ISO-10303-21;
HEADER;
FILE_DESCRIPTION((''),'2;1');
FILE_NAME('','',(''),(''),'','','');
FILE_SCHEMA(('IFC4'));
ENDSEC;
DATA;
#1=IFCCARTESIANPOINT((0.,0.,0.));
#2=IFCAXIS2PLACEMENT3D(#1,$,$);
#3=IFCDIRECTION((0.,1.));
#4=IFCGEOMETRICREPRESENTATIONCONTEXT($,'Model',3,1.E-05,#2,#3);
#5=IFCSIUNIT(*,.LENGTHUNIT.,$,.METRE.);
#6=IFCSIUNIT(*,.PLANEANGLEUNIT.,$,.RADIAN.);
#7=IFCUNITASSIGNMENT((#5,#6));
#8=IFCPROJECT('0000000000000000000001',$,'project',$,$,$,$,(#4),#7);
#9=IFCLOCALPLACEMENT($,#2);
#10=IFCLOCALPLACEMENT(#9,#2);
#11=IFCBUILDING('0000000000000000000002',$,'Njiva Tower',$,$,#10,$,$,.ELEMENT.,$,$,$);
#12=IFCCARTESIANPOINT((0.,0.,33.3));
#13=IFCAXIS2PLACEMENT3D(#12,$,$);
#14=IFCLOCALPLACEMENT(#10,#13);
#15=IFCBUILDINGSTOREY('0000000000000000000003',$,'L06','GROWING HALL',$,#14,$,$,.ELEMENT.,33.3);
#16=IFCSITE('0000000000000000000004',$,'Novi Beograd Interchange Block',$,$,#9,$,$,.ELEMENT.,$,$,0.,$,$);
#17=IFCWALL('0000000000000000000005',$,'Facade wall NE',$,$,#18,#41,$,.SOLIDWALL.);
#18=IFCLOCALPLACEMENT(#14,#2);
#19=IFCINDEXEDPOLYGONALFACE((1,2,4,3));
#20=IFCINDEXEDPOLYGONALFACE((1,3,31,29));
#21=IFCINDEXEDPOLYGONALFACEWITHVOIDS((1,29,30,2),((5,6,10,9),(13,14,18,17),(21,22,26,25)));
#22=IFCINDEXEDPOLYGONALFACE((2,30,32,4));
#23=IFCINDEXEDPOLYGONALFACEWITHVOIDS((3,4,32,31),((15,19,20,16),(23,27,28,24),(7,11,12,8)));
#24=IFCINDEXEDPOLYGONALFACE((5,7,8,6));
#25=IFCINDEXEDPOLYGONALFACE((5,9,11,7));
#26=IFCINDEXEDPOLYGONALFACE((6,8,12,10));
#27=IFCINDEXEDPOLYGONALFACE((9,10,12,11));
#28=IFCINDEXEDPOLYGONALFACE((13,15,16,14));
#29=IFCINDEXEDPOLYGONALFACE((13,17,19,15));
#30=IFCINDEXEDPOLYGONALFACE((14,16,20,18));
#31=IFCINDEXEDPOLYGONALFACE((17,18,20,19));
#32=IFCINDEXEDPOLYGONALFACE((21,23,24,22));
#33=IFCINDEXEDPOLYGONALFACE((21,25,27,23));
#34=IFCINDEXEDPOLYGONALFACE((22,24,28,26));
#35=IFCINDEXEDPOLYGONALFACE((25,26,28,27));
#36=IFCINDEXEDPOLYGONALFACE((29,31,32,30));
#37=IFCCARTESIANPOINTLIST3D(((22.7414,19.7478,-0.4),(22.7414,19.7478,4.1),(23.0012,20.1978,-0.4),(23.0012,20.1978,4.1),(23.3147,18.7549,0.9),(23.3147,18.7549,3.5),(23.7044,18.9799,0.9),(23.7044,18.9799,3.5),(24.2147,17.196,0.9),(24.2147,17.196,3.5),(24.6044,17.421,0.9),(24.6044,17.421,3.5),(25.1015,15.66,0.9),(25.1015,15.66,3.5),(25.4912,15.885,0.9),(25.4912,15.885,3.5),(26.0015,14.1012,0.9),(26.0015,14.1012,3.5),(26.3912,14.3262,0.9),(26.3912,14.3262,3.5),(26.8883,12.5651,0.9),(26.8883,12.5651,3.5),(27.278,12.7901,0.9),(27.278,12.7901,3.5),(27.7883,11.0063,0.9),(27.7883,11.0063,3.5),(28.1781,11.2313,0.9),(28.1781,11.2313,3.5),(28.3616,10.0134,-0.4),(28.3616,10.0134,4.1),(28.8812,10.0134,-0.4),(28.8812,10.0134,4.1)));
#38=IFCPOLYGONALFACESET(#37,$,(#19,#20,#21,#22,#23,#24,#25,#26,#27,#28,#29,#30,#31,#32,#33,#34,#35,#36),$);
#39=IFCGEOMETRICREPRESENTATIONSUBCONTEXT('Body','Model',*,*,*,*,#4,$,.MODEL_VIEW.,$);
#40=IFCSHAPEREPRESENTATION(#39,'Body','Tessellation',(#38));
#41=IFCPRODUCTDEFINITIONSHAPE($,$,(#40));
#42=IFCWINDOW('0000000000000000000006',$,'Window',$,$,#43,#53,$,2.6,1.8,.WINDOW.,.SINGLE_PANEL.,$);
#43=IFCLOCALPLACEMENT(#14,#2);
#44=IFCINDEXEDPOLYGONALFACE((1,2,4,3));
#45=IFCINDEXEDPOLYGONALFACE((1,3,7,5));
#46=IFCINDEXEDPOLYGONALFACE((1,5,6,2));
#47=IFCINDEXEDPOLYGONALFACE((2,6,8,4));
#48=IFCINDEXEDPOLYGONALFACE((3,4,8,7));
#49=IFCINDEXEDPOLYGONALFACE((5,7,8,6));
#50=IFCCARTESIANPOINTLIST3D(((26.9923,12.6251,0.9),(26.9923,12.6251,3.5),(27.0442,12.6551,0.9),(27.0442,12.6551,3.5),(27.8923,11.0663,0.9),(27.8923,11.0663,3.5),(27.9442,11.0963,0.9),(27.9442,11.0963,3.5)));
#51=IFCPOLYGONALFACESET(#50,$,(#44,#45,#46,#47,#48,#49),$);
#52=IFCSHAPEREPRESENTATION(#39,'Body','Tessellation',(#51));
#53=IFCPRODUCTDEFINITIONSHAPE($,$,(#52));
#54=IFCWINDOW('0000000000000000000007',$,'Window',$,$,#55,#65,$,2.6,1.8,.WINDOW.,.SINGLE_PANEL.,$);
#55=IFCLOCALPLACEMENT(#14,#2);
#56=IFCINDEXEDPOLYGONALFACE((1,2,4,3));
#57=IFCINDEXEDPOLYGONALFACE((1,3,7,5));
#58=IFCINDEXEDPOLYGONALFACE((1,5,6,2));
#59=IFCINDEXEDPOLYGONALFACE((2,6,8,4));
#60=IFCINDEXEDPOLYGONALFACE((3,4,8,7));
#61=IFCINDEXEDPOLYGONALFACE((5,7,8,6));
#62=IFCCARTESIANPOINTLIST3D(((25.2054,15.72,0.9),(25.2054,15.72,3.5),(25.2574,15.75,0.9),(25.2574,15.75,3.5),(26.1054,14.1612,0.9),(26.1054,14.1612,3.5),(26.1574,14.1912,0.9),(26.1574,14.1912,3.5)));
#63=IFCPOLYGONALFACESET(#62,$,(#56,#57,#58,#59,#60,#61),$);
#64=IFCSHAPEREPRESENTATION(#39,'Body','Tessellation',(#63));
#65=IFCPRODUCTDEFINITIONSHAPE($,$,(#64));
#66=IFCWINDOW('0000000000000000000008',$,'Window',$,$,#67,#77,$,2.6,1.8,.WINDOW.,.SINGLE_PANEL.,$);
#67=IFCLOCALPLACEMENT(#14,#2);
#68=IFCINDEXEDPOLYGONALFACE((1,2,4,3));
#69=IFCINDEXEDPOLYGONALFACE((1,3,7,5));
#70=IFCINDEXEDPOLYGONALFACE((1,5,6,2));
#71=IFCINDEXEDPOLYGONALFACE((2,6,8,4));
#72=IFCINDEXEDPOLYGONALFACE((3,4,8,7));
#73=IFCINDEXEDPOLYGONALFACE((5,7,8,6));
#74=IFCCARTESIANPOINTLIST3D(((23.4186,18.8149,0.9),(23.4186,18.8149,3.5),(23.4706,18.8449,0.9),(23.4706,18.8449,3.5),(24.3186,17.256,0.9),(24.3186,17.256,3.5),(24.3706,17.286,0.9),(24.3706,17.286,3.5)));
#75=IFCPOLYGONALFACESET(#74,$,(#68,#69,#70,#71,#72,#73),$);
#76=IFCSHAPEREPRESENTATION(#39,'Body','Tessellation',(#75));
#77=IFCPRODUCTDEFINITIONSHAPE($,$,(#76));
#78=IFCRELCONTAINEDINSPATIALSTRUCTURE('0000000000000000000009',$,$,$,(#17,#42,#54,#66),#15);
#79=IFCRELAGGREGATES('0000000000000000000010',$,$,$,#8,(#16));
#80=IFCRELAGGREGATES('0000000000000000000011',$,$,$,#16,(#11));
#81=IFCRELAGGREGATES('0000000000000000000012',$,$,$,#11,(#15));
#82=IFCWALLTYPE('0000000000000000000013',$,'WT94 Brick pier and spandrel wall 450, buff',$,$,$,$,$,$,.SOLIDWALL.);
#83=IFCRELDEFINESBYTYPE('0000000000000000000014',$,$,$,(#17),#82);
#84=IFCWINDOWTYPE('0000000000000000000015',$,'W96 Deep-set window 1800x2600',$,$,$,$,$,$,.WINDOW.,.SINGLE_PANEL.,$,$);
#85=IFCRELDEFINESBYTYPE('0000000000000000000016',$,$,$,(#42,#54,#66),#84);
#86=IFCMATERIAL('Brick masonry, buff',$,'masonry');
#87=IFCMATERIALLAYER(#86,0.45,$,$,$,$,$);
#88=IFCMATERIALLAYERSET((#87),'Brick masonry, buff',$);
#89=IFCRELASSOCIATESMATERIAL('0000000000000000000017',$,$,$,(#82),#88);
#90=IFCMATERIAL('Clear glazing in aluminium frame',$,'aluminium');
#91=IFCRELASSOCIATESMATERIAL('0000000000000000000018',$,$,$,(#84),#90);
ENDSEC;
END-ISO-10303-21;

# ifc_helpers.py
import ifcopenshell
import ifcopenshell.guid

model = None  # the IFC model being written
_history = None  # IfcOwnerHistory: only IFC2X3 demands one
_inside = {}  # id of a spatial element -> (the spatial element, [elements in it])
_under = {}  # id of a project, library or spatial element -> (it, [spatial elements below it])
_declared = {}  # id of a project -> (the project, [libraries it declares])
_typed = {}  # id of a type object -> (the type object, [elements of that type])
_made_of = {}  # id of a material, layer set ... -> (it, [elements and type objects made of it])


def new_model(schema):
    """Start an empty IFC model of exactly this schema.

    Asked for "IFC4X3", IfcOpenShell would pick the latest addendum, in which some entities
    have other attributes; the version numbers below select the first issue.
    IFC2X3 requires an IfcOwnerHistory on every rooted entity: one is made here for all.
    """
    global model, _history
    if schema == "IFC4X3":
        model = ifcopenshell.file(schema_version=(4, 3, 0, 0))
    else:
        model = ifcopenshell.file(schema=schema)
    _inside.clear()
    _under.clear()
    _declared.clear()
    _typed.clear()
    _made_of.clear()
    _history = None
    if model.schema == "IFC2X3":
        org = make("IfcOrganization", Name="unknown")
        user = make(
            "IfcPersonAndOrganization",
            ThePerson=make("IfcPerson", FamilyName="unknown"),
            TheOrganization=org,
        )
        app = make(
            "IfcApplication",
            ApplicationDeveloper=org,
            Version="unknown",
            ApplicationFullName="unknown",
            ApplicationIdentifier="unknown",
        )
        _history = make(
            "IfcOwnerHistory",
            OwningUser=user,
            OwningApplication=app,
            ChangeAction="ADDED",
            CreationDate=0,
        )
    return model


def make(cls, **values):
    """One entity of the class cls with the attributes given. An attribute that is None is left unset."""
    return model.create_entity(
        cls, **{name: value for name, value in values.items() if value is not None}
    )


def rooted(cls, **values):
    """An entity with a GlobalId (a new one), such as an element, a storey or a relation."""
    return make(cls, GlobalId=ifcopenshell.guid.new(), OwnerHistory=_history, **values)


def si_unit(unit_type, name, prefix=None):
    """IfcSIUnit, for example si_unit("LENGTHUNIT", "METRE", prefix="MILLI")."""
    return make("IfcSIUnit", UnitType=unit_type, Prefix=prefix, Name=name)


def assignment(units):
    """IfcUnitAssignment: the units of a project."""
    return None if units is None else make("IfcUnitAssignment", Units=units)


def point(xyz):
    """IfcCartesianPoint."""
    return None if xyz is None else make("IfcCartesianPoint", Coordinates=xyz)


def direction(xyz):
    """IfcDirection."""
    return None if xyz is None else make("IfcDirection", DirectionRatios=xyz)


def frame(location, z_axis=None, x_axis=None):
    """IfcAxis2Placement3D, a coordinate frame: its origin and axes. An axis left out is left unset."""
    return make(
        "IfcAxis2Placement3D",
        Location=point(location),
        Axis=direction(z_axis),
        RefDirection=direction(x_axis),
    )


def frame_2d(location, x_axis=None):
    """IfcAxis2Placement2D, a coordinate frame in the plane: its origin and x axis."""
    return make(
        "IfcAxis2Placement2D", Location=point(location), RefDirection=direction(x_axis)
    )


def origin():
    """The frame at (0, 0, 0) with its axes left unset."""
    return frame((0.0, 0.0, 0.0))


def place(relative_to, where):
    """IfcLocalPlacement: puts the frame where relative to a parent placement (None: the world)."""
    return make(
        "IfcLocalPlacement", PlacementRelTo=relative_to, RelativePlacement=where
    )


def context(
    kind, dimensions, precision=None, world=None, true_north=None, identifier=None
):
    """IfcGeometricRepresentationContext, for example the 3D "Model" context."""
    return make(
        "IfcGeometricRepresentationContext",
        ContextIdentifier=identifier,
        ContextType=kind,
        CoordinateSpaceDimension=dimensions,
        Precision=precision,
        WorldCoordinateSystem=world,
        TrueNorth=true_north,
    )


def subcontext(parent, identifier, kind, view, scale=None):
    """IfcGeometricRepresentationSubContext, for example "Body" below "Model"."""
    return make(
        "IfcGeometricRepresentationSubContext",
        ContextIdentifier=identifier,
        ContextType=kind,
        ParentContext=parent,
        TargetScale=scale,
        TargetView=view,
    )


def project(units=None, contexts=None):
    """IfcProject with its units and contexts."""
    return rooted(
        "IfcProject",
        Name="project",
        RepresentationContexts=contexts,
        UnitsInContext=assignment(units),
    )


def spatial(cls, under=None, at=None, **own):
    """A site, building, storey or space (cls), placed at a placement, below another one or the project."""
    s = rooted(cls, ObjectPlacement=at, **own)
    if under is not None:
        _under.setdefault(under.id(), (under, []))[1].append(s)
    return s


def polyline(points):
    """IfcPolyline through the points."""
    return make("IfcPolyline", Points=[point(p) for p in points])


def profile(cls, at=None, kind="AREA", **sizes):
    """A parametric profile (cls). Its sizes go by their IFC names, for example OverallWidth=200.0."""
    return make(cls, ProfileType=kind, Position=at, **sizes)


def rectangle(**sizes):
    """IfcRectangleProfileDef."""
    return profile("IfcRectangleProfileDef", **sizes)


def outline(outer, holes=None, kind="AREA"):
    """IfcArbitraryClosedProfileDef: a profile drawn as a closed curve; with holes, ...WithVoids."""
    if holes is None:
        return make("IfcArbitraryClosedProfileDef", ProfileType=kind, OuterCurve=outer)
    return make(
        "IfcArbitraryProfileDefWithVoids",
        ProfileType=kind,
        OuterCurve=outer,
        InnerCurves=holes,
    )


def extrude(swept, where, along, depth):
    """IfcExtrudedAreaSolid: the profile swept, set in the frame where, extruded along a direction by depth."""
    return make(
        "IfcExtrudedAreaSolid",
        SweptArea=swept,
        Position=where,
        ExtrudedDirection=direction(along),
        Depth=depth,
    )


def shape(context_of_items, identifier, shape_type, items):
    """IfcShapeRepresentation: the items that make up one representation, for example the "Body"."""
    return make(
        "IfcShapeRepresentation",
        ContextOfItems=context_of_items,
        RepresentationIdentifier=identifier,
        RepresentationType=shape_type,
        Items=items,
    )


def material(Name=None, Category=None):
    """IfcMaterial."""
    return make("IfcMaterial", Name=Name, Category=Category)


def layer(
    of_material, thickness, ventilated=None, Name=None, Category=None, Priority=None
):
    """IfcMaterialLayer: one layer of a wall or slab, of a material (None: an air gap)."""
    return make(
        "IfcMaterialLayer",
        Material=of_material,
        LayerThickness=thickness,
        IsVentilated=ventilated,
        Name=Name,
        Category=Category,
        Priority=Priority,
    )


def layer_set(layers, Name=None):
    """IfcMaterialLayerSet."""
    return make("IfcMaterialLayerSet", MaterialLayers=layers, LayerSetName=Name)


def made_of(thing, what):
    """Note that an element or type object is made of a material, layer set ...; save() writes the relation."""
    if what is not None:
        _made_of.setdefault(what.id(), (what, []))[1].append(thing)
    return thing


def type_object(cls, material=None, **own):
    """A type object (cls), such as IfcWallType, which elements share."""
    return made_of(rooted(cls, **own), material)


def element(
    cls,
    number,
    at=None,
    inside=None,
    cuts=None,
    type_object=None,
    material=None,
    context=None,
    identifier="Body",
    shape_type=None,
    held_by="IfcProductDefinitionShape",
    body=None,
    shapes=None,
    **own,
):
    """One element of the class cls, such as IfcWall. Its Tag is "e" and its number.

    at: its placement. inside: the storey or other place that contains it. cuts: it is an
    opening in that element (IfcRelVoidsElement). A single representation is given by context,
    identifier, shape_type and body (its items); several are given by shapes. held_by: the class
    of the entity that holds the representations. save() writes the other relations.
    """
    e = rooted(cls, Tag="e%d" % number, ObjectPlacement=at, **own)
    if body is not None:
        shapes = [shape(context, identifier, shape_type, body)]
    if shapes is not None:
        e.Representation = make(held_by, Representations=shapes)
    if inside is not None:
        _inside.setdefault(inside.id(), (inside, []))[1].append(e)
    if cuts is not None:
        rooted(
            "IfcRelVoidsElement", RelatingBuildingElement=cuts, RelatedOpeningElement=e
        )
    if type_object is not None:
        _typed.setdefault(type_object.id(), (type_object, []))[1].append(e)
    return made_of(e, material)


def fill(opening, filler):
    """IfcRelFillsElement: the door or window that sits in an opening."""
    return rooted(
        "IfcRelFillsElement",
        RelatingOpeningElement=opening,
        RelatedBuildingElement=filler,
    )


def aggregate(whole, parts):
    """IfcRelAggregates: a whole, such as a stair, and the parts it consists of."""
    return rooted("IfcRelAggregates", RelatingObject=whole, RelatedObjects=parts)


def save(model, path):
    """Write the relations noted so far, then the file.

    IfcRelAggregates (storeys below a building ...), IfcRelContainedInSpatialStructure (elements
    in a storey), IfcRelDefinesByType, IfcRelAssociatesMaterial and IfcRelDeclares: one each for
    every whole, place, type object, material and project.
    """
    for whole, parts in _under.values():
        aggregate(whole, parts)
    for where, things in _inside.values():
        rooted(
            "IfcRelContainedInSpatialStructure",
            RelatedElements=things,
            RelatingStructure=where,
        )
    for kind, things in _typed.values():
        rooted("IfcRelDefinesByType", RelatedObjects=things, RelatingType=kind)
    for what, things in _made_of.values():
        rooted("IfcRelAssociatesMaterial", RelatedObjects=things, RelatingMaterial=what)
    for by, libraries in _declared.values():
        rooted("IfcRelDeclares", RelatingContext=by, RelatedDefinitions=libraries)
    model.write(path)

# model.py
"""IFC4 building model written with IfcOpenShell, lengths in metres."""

from ifc_helpers import new_model, si_unit, direction, frame, frame_2d, origin, place, context, subcontext, project, spatial, polyline, rectangle, outline, extrude, material, layer, layer_set, type_object, element, fill, save


model = new_model("IFC4")

# Units and contexts
model_context = context("Model", 3, precision=1e-05, world=origin(), true_north=direction((0.0, 1.0)))
body_context = subcontext(model_context, "Body", "Model", "MODEL_VIEW")
ifc_project = project(units=[si_unit("LENGTHUNIT", "METRE"), si_unit("PLANEANGLEUNIT", "RADIAN")], contexts=[model_context])

# Site, building, storey
site_placement = place(None, origin())
site = spatial("IfcSite", under=ifc_project, at=site_placement, Name="Novi Beograd Interchange Block", CompositionType="ELEMENT", RefElevation=0.0)
building_placement = place(site_placement, origin())
building = spatial("IfcBuilding", under=site, at=building_placement, Name="Njiva Tower", CompositionType="ELEMENT")
storey_placement = place(building_placement, frame((0.0, 0.0, 33.3)))
storey = spatial("IfcBuildingStorey", under=building, at=storey_placement, Name="L06", Description="GROWING HALL", CompositionType="ELEMENT", Elevation=33.3)

# Wall, openings, windows
ifc_material_1 = material(Name="Brick masonry, buff", Category="masonry")
ifc_layer_1 = layer(ifc_material_1, 0.45)
ifc_layer_set_1 = layer_set([ifc_layer_1], Name="Brick masonry, buff")
wall_type_1 = type_object("IfcWallType", Name="WT94 Brick pier and spandrel wall 450, buff", PredefinedType="SOLIDWALL", material=ifc_layer_set_1)
wall_1_placement = place(storey_placement, frame((28.6214, 10.0134, -0.4), z_axis=(0.0, 0.0, 1.0), x_axis=(-0.500002, 0.866024, 0.0)))
wall_1 = element("IfcWall", 1, at=wall_1_placement, inside=storey, type_object=wall_type_1, Name="Facade wall NE", PredefinedType="SOLIDWALL", context=body_context, shape_type="SweptSolid", body=[
    extrude(outline(polyline([(-0.1299, -0.225), (11.63, -0.225), (11.3702, 0.225), (0.1299, 0.225), (-0.1299, -0.225)])), origin(), (0.0, 0.0, 1.0), 4.5),
])
opening_1_placement = place(wall_1_placement, frame((1.2764, 0.0, 1.3)))
opening_1 = element("IfcOpeningElement", 2, at=opening_1_placement, cuts=wall_1, PredefinedType="OPENING", context=body_context, shape_type="SweptSolid", body=[
    extrude(rectangle(XDim=1.8, YDim=2.6, at=frame_2d((0.9, 1.3))), frame((0.0, 0.235, 0.0), z_axis=(0.0, -1.0, 0.0), x_axis=(1.0, 0.0, 0.0)), (0.0, 0.0, 1.0), 0.47),
])
opening_2_placement = place(wall_1_placement, frame((4.8501, 0.0, 1.3)))
opening_2 = element("IfcOpeningElement", 3, at=opening_2_placement, cuts=wall_1, PredefinedType="OPENING", context=body_context, shape_type="SweptSolid", body=[
    extrude(rectangle(XDim=1.8, YDim=2.6, at=frame_2d((0.9, 1.3))), frame((0.0, 0.235, 0.0), z_axis=(0.0, -1.0, 0.0), x_axis=(1.0, 0.0, 0.0)), (0.0, 0.0, 1.0), 0.47),
])
opening_3_placement = place(wall_1_placement, frame((8.4237, 0.0, 1.3)))
opening_3 = element("IfcOpeningElement", 4, at=opening_3_placement, cuts=wall_1, PredefinedType="OPENING", context=body_context, shape_type="SweptSolid", body=[
    extrude(rectangle(XDim=1.8, YDim=2.6, at=frame_2d((0.9, 1.3))), frame((0.0, 0.235, 0.0), z_axis=(0.0, -1.0, 0.0), x_axis=(1.0, 0.0, 0.0)), (0.0, 0.0, 1.0), 0.47),
])
ifc_material_2 = material(Name="Clear glazing in aluminium frame", Category="aluminium")
window_type = type_object("IfcWindowType", Name="W96 Deep-set window 1800x2600", PartitioningType="SINGLE_PANEL", PredefinedType="WINDOW", material=ifc_material_2)
window_1_placement = place(opening_1_placement, origin())
window_1 = element("IfcWindow", 5, at=window_1_placement, inside=storey, type_object=window_type, Name="Window", OverallHeight=2.6, OverallWidth=1.8, PartitioningType="SINGLE_PANEL", PredefinedType="WINDOW", context=body_context, shape_type="SweptSolid", body=[
    extrude(rectangle(XDim=1.8, YDim=2.6, at=frame_2d((0.9, 1.3))), frame((0.0, 0.105, 0.0), z_axis=(0.0, -1.0, 0.0), x_axis=(1.0, 0.0, 0.0)), (0.0, 0.0, 1.0), 0.06),
])
fill(opening_1, window_1)
window_2_placement = place(opening_2_placement, origin())
window_2 = element("IfcWindow", 6, at=window_2_placement, inside=storey, type_object=window_type, Name="Window", OverallHeight=2.6, OverallWidth=1.8, PartitioningType="SINGLE_PANEL", PredefinedType="WINDOW", context=body_context, shape_type="SweptSolid", body=[
    extrude(rectangle(XDim=1.8, YDim=2.6, at=frame_2d((0.9, 1.3))), frame((0.0, 0.105, 0.0), z_axis=(0.0, -1.0, 0.0), x_axis=(1.0, 0.0, 0.0)), (0.0, 0.0, 1.0), 0.06),
])
fill(opening_2, window_2)
window_3_placement = place(opening_3_placement, origin())
window_3 = element("IfcWindow", 7, at=window_3_placement, inside=storey, type_object=window_type, Name="Window", OverallHeight=2.6, OverallWidth=1.8, PartitioningType="SINGLE_PANEL", PredefinedType="WINDOW", context=body_context, shape_type="SweptSolid", body=[
    extrude(rectangle(XDim=1.8, YDim=2.6, at=frame_2d((0.9, 1.3))), frame((0.0, 0.105, 0.0), z_axis=(0.0, -1.0, 0.0), x_axis=(1.0, 0.0, 0.0)), (0.0, 0.0, 1.0), 0.06),
])
fill(opening_3, window_3)

save(model, "model.ifc")
